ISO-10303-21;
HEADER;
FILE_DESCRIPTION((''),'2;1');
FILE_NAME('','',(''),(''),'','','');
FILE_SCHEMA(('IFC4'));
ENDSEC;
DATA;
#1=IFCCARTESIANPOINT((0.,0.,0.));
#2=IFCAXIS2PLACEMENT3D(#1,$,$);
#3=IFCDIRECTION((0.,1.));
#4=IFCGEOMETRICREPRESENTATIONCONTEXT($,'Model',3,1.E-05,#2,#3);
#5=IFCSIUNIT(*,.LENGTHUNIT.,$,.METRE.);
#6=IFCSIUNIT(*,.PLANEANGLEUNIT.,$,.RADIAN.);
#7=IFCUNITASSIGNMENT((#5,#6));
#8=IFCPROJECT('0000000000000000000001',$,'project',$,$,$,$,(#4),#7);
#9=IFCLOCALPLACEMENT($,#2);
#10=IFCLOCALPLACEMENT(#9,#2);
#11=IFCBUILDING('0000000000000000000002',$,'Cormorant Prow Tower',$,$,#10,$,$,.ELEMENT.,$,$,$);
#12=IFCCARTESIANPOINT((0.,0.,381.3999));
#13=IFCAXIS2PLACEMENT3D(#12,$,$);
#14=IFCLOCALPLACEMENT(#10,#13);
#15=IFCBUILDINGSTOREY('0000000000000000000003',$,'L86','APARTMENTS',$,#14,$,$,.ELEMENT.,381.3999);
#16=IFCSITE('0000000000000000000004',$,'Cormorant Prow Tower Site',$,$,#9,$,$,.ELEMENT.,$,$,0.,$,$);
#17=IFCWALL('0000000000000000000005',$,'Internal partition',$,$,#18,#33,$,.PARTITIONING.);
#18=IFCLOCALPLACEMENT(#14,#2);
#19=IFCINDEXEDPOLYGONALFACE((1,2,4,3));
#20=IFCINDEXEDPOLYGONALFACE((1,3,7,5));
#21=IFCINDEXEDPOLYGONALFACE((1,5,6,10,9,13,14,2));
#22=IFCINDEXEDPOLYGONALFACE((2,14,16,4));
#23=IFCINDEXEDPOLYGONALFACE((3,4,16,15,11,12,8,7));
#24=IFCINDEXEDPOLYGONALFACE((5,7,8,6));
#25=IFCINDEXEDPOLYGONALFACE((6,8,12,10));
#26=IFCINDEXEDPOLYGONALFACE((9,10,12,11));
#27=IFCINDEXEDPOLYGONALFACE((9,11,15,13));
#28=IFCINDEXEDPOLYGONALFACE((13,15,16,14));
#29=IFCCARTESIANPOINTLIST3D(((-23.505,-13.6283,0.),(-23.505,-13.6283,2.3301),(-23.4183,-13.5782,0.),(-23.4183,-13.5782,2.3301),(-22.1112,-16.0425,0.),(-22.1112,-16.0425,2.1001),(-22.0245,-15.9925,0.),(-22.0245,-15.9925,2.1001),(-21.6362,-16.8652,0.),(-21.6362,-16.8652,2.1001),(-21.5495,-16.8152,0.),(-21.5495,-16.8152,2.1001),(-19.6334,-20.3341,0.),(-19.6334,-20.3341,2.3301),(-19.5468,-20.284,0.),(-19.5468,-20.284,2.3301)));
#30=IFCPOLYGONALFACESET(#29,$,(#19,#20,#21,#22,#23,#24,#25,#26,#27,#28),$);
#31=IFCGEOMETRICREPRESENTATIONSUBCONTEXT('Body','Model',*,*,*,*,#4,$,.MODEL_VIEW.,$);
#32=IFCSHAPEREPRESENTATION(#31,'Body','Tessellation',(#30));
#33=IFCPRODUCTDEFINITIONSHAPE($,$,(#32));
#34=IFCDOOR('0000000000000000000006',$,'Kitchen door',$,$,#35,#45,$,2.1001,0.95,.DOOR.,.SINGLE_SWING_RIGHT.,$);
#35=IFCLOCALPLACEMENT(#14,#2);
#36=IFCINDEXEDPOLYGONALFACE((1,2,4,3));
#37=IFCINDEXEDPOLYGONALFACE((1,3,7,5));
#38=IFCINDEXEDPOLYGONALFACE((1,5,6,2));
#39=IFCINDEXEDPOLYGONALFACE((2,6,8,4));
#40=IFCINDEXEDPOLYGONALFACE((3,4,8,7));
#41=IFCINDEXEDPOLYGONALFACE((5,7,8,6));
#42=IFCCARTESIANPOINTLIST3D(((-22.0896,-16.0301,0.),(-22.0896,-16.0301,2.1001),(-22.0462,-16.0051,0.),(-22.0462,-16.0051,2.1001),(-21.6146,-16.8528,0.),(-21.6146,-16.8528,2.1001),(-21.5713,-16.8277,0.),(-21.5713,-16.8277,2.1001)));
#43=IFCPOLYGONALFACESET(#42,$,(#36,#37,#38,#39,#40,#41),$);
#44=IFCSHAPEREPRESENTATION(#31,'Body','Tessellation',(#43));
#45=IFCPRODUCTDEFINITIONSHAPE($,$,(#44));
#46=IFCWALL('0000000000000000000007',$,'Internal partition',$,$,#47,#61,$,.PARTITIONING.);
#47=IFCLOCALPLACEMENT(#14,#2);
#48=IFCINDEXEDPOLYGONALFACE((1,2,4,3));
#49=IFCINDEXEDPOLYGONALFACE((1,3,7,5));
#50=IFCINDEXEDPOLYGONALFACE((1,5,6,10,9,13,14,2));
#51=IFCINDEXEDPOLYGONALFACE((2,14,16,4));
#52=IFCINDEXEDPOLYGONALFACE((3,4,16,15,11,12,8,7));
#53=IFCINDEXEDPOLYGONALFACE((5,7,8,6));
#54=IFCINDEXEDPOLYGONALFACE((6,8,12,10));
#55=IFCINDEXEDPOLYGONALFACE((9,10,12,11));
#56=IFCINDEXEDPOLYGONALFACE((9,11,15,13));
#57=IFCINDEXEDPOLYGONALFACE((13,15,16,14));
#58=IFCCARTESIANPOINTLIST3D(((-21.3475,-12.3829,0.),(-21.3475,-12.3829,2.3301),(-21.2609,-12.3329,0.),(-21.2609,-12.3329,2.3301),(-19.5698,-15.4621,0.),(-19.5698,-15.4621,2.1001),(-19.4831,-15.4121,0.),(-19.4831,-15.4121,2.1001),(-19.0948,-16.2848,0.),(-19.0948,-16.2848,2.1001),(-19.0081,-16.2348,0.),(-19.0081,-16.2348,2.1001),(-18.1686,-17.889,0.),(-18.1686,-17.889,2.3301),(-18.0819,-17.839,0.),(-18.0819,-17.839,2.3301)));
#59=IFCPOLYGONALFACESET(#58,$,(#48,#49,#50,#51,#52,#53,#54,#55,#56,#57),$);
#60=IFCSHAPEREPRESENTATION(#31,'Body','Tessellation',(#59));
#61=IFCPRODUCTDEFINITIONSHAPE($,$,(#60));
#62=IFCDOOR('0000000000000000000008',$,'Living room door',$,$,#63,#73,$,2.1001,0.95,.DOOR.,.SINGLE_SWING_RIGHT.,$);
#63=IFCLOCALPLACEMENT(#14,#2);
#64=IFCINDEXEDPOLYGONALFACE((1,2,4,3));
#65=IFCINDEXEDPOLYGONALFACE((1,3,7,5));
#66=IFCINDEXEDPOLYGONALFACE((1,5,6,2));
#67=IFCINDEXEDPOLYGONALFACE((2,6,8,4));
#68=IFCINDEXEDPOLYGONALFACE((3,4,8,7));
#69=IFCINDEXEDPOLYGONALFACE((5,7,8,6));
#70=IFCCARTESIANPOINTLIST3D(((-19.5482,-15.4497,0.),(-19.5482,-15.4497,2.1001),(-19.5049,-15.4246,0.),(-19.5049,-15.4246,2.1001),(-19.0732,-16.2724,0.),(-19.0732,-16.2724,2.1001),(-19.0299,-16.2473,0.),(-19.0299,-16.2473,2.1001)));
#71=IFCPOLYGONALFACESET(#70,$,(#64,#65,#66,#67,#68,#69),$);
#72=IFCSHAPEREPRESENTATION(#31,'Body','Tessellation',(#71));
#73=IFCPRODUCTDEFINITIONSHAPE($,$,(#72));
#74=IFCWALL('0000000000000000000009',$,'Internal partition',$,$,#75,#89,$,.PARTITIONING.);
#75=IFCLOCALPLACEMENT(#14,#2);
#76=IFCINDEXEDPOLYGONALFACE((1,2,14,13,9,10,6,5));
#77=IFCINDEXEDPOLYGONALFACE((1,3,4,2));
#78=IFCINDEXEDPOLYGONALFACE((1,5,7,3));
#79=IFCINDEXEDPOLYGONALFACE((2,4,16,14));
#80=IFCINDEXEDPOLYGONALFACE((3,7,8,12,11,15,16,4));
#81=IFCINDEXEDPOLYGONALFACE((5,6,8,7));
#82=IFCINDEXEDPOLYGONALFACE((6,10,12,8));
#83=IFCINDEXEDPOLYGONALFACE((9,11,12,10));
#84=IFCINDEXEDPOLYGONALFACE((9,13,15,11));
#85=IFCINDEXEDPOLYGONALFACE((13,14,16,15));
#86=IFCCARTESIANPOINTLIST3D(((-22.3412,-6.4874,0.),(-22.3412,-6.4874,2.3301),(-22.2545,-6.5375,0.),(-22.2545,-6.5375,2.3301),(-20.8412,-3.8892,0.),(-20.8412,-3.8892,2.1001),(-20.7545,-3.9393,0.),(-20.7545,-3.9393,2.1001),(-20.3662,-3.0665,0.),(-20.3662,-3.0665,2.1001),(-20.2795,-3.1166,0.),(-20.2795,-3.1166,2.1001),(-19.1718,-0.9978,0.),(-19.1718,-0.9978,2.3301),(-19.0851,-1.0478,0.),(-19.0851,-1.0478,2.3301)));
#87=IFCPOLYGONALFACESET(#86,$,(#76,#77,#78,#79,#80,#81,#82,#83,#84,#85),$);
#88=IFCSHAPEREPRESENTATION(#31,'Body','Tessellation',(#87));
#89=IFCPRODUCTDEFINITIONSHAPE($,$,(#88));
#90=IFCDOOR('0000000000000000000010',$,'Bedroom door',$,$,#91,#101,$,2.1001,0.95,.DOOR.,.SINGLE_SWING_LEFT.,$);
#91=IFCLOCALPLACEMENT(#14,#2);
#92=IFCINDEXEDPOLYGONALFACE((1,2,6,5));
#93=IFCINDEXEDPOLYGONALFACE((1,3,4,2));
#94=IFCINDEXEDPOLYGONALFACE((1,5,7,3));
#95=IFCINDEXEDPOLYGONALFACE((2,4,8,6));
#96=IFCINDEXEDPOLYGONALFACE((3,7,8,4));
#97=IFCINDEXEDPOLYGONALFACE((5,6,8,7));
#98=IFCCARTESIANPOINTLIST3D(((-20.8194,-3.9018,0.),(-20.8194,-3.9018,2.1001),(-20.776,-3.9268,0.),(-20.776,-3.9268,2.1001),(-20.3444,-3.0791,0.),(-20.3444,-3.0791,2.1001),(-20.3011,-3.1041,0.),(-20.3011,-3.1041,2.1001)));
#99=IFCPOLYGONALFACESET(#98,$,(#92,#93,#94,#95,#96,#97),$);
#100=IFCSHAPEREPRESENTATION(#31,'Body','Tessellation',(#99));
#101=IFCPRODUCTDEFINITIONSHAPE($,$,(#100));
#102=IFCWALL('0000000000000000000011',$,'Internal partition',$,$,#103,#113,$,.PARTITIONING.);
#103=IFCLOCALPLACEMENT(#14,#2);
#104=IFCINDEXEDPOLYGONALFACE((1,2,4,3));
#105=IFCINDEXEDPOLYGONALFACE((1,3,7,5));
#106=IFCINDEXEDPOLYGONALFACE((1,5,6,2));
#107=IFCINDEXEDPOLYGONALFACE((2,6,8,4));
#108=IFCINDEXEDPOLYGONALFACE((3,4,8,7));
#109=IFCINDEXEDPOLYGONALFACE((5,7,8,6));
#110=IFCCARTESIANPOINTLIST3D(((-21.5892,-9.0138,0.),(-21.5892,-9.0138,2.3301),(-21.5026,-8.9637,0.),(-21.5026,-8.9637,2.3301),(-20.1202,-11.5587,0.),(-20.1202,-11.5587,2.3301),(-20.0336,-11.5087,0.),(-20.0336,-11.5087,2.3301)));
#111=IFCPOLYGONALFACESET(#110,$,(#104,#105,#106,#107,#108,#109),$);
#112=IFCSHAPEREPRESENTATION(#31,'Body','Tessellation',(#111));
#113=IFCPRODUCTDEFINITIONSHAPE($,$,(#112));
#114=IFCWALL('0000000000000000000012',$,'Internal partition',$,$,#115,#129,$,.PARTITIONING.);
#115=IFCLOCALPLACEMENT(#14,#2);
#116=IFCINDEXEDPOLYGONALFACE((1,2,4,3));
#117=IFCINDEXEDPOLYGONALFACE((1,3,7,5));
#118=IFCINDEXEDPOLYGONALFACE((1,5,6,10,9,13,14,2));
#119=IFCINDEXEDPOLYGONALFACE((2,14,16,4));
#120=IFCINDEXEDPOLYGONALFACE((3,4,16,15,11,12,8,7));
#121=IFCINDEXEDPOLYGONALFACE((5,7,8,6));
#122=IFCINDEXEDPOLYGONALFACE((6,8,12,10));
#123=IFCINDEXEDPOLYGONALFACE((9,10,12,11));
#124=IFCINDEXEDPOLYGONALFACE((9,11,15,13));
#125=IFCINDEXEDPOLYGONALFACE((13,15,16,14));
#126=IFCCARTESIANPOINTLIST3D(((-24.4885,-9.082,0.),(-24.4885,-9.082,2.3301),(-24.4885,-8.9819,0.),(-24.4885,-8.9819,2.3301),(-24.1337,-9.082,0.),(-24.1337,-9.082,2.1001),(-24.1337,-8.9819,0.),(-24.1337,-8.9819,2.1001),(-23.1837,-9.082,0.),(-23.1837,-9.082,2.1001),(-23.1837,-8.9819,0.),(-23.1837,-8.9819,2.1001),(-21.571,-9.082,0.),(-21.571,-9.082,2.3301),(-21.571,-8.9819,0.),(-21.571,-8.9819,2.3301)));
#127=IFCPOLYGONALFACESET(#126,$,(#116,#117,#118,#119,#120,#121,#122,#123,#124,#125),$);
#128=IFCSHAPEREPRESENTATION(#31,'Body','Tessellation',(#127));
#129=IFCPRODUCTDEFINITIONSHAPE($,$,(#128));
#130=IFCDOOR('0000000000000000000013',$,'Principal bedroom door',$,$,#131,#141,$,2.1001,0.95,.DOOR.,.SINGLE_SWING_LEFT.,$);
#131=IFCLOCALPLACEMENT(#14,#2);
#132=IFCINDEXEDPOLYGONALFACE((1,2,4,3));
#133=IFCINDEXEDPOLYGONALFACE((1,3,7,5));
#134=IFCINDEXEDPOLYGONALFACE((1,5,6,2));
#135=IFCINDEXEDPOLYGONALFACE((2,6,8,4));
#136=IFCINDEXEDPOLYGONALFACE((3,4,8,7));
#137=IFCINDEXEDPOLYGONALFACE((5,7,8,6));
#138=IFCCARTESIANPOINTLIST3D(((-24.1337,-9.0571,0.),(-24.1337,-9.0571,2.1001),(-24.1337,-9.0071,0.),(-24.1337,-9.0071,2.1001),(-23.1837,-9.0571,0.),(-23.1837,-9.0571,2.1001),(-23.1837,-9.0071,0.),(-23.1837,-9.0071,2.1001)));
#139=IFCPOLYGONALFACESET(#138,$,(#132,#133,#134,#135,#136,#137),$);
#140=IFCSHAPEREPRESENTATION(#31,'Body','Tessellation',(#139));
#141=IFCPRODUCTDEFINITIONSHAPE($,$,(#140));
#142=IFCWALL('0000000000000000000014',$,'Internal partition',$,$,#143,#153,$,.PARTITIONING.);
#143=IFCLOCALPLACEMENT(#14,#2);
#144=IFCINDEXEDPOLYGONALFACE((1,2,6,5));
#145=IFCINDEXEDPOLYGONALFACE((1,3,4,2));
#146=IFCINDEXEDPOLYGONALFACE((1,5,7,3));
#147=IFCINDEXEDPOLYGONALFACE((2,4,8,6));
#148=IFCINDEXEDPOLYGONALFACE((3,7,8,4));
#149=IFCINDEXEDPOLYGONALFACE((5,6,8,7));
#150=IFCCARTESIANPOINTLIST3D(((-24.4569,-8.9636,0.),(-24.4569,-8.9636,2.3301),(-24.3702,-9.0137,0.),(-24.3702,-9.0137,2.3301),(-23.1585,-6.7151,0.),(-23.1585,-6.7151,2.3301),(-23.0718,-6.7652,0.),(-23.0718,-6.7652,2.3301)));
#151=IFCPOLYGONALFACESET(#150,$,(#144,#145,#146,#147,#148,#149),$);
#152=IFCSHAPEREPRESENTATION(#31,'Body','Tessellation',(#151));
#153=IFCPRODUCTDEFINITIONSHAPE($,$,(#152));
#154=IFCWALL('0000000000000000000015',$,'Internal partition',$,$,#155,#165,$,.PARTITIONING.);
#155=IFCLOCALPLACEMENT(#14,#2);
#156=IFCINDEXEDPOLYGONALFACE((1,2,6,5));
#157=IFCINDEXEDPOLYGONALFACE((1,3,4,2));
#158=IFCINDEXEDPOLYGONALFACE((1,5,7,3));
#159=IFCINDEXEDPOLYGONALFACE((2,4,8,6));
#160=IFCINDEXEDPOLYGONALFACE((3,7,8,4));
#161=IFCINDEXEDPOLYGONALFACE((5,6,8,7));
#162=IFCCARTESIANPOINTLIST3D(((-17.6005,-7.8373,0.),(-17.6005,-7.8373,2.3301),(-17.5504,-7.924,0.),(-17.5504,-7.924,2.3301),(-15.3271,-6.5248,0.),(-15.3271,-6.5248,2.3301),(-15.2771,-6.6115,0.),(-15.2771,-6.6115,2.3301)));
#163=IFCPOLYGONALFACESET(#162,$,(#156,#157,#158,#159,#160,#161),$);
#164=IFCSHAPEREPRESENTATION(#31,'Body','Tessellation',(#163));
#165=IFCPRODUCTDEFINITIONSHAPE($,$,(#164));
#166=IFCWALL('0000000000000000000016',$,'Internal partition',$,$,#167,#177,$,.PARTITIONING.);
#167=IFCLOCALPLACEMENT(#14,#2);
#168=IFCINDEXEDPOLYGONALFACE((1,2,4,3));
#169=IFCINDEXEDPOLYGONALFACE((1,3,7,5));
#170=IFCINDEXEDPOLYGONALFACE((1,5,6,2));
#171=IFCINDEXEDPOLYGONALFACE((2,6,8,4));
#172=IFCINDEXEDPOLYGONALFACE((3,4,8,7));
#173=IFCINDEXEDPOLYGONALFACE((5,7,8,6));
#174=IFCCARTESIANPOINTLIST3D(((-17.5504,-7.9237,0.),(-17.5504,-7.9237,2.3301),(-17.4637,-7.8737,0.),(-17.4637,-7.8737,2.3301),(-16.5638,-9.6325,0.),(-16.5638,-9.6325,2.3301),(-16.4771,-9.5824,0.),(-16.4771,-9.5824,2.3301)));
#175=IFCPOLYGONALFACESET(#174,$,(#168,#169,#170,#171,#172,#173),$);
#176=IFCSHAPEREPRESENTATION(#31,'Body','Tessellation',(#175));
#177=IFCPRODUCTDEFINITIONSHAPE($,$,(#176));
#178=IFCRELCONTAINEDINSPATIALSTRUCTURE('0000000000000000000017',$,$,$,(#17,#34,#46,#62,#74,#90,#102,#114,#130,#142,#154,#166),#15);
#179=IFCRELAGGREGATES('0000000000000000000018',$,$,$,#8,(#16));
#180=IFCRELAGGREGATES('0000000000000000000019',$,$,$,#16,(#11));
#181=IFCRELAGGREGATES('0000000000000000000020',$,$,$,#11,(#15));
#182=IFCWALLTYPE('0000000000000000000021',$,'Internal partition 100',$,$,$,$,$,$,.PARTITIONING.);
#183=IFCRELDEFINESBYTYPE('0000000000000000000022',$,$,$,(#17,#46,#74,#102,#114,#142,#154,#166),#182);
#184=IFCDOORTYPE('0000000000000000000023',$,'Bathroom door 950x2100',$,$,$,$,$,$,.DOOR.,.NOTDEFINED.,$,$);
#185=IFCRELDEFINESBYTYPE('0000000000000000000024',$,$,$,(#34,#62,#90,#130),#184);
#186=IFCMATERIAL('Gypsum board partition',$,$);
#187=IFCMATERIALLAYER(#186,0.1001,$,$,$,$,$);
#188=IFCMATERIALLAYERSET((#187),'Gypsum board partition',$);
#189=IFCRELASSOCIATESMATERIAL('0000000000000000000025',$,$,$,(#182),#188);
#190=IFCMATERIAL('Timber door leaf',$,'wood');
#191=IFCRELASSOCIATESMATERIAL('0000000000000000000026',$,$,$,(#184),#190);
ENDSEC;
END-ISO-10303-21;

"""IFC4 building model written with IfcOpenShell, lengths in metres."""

from ifc_helpers import new_model, si_unit, direction, frame, frame_2d, origin, place, context, subcontext, project, spatial, rectangle, extrude, material, layer, layer_set, type_object, element, fill, save


model = new_model("IFC4")

# Units and contexts
model_context = context("Model", 3, precision=1e-05, world=origin(), true_north=direction((0.0, 1.0)))
body_context = subcontext(model_context, "Body", "Model", "MODEL_VIEW")
ifc_project = project(units=[si_unit("LENGTHUNIT", "METRE"), si_unit("PLANEANGLEUNIT", "RADIAN")], contexts=[model_context])

# Site, building, storey
site_placement = place(None, origin())
site = spatial("IfcSite", under=ifc_project, at=site_placement, Name="Cormorant Prow Tower Site", CompositionType="ELEMENT", RefElevation=0.0)
building_placement = place(site_placement, origin())
building = spatial("IfcBuilding", under=site, at=building_placement, Name="Cormorant Prow Tower", CompositionType="ELEMENT")
storey_placement = place(building_placement, frame((0.0, 0.0, 381.3999)))
storey = spatial("IfcBuildingStorey", under=building, at=storey_placement, Name="L86", Description="APARTMENTS", CompositionType="ELEMENT", Elevation=381.3999)

# Walls, openings, doors
ifc_material_1 = material(Name="Gypsum board partition")
ifc_layer_1 = layer(ifc_material_1, 0.1001)
ifc_layer_set_1 = layer_set([ifc_layer_1], Name="Gypsum board partition")
wall_type_1 = type_object("IfcWallType", Name="Internal partition 100", PredefinedType="PARTITIONING", material=ifc_layer_set_1)
wall_1_placement = place(storey_placement, frame((-23.4617, -13.6033, 0.0), z_axis=(0.0, 0.0, 1.0), x_axis=(0.499998, -0.866026, 0.0)))
wall_1 = element("IfcWall", 1, at=wall_1_placement, inside=storey, type_object=wall_type_1, Name="Internal partition", PredefinedType="PARTITIONING", context=body_context, shape_type="SweptSolid", body=[
    extrude(rectangle(XDim=7.7432, YDim=0.1001, at=frame_2d((3.8716, 0.0))), origin(), (0.0, 0.0, 1.0), 2.3301),
])
opening_1_placement = place(wall_1_placement, frame((2.7876, 0.0, 0.0)))
opening_1 = element("IfcOpeningElement", 2, at=opening_1_placement, cuts=wall_1, PredefinedType="OPENING", context=body_context, shape_type="SweptSolid", body=[
    extrude(rectangle(XDim=0.95, YDim=2.1001, at=frame_2d((0.4751, 1.05))), frame((0.0, 0.0601, 0.0), z_axis=(0.0, -1.0, 0.0), x_axis=(1.0, 0.0, 0.0)), (0.0, 0.0, 1.0), 0.1201),
])
ifc_material_2 = material(Name="Timber door leaf", Category="wood")
door_type_1 = type_object("IfcDoorType", Name="Bathroom door 950x2100", OperationType="NOTDEFINED", PredefinedType="DOOR", material=ifc_material_2)
door_1_placement = place(opening_1_placement, origin())
door_1 = element("IfcDoor", 3, at=door_1_placement, inside=storey, type_object=door_type_1, Name="Kitchen door", OperationType="SINGLE_SWING_RIGHT", OverallHeight=2.1001, OverallWidth=0.95, PredefinedType="DOOR", context=body_context, shape_type="SweptSolid", body=[
    extrude(rectangle(XDim=0.95, YDim=2.1001, at=frame_2d((0.4751, 1.05))), frame((0.0, 0.0249, 0.0), z_axis=(0.0, -1.0, 0.0), x_axis=(1.0, 0.0, 0.0)), (0.0, 0.0, 1.0), 0.05),
])
fill(opening_1, door_1)
wall_2_placement = place(storey_placement, frame((-21.3042, -12.3579, 0.0), z_axis=(0.0, 0.0, 1.0), x_axis=(0.500001, -0.866025, 0.0)))
wall_2 = element("IfcWall", 4, at=wall_2_placement, inside=storey, type_object=wall_type_1, Name="Internal partition", PredefinedType="PARTITIONING", context=body_context, shape_type="SweptSolid", body=[
    extrude(rectangle(XDim=6.3579, YDim=0.1001, at=frame_2d((3.179, 0.0))), origin(), (0.0, 0.0, 1.0), 2.3301),
])
opening_2_placement = place(wall_2_placement, frame((3.5554, 0.0, 0.0)))
opening_2 = element("IfcOpeningElement", 5, at=opening_2_placement, cuts=wall_2, PredefinedType="OPENING", context=body_context, shape_type="SweptSolid", body=[
    extrude(rectangle(XDim=0.95, YDim=2.1001, at=frame_2d((0.4751, 1.05))), frame((0.0, 0.0601, 0.0), z_axis=(0.0, -1.0, 0.0), x_axis=(1.0, 0.0, 0.0)), (0.0, 0.0, 1.0), 0.1201),
])
door_2_placement = place(opening_2_placement, origin())
door_2 = element("IfcDoor", 6, at=door_2_placement, inside=storey, type_object=door_type_1, Name="Living room door", OperationType="SINGLE_SWING_RIGHT", OverallHeight=2.1001, OverallWidth=0.95, PredefinedType="DOOR", context=body_context, shape_type="SweptSolid", body=[
    extrude(rectangle(XDim=0.95, YDim=2.1001, at=frame_2d((0.4751, 1.05))), frame((0.0, 0.0249, 0.0), z_axis=(0.0, -1.0, 0.0), x_axis=(1.0, 0.0, 0.0)), (0.0, 0.0, 1.0), 0.05),
])
fill(opening_2, door_2)
wall_3_placement = place(storey_placement, frame((-22.2979, -6.5125, 0.0), z_axis=(0.0, 0.0, 1.0), x_axis=(0.499991, 0.86603, 0.0)))
wall_3 = element("IfcWall", 7, at=wall_3_placement, inside=storey, type_object=wall_type_1, Name="Internal partition", PredefinedType="PARTITIONING", context=body_context, shape_type="SweptSolid", body=[
    extrude(rectangle(XDim=6.3389, YDim=0.1001, at=frame_2d((3.1694, 0.0))), origin(), (0.0, 0.0, 1.0), 2.3301),
])
opening_3_placement = place(wall_3_placement, frame((3.0, 0.0, 0.0)))
opening_3 = element("IfcOpeningElement", 8, at=opening_3_placement, cuts=wall_3, PredefinedType="OPENING", context=body_context, shape_type="SweptSolid", body=[
    extrude(rectangle(XDim=0.95, YDim=2.1001, at=frame_2d((0.4751, 1.05))), frame((0.0, 0.0601, 0.0), z_axis=(0.0, -1.0, 0.0), x_axis=(1.0, 0.0, 0.0)), (0.0, 0.0, 1.0), 0.1201),
])
door_3_placement = place(opening_3_placement, origin())
door_3 = element("IfcDoor", 9, at=door_3_placement, inside=storey, type_object=door_type_1, Name="Bedroom door", OperationType="SINGLE_SWING_LEFT", OverallHeight=2.1001, OverallWidth=0.95, PredefinedType="DOOR", context=body_context, shape_type="SweptSolid", body=[
    extrude(rectangle(XDim=0.95, YDim=2.1001, at=frame_2d((0.4751, 1.05))), frame((0.0, 0.0249, 0.0), z_axis=(0.0, -1.0, 0.0), x_axis=(1.0, 0.0, 0.0)), (0.0, 0.0, 1.0), 0.05),
])
fill(opening_3, door_3)

# Wall
wall_4_placement = place(storey_placement, frame((-21.5459, -8.9888, 0.0), z_axis=(0.0, 0.0, 1.0), x_axis=(0.499919, -0.866072, 0.0)))
element("IfcWall", 10, at=wall_4_placement, inside=storey, type_object=wall_type_1, Name="Internal partition", PredefinedType="PARTITIONING", context=body_context, shape_type="SweptSolid", body=[
    extrude(rectangle(XDim=2.9385, YDim=0.1001, at=frame_2d((1.4692, 0.0))), origin(), (0.0, 0.0, 1.0), 2.3301),
])

# Wall, opening, door
wall_5_placement = place(storey_placement, frame((-24.4885, -9.032, 0.0), z_axis=(0.0, 0.0, 1.0), x_axis=(1.0, 0.0, 0.0)))
wall_5 = element("IfcWall", 11, at=wall_5_placement, inside=storey, type_object=wall_type_1, Name="Internal partition", PredefinedType="PARTITIONING", context=body_context, shape_type="SweptSolid", body=[
    extrude(rectangle(XDim=2.9175, YDim=0.1001, at=frame_2d((1.4587, 0.0))), origin(), (0.0, 0.0, 1.0), 2.3301),
])
opening_4_placement = place(wall_5_placement, frame((0.3547, 0.0, 0.0)))
opening_4 = element("IfcOpeningElement", 12, at=opening_4_placement, cuts=wall_5, PredefinedType="OPENING", context=body_context, shape_type="SweptSolid", body=[
    extrude(rectangle(XDim=0.95, YDim=2.1001, at=frame_2d((0.4751, 1.05))), frame((0.0, 0.0601, 0.0), z_axis=(0.0, -1.0, 0.0), x_axis=(1.0, 0.0, 0.0)), (0.0, 0.0, 1.0), 0.1201),
])
door_4_placement = place(opening_4_placement, origin())
door_4 = element("IfcDoor", 13, at=door_4_placement, inside=storey, type_object=door_type_1, Name="Principal bedroom door", OperationType="SINGLE_SWING_LEFT", OverallHeight=2.1001, OverallWidth=0.95, PredefinedType="DOOR", context=body_context, shape_type="SweptSolid", body=[
    extrude(rectangle(XDim=0.95, YDim=2.1001, at=frame_2d((0.4751, 1.05))), frame((0.0, 0.0249, 0.0), z_axis=(0.0, -1.0, 0.0), x_axis=(1.0, 0.0, 0.0)), (0.0, 0.0, 1.0), 0.05),
])
fill(opening_4, door_4)

# Walls
wall_6_placement = place(storey_placement, frame((-24.4136, -8.9888, 0.0), z_axis=(0.0, 0.0, 1.0), x_axis=(0.500043, 0.866001, 0.0)))
element("IfcWall", 14, at=wall_6_placement, inside=storey, type_object=wall_type_1, Name="Internal partition", PredefinedType="PARTITIONING", context=body_context, shape_type="SweptSolid", body=[
    extrude(rectangle(XDim=2.5964, YDim=0.1001, at=frame_2d((1.2983, 0.0))), origin(), (0.0, 0.0, 1.0), 2.3301),
])
wall_7_placement = place(storey_placement, frame((-17.5754, -7.8806, 0.0), z_axis=(0.0, 0.0, 1.0), x_axis=(0.866037, 0.49998, 0.0)))
element("IfcWall", 15, at=wall_7_placement, inside=storey, type_object=wall_type_1, Name="Internal partition", PredefinedType="PARTITIONING", context=body_context, shape_type="SweptSolid", body=[
    extrude(rectangle(XDim=2.625, YDim=0.1001, at=frame_2d((1.3125, 0.0))), origin(), (0.0, 0.0, 1.0), 2.3301),
])
wall_8_placement = place(storey_placement, frame((-17.5071, -7.8987, 0.0), z_axis=(0.0, 0.0, 1.0), x_axis=(0.500012, -0.866019, 0.0)))
element("IfcWall", 16, at=wall_8_placement, inside=storey, type_object=wall_type_1, Name="Internal partition", PredefinedType="PARTITIONING", context=body_context, shape_type="SweptSolid", body=[
    extrude(rectangle(XDim=1.9731, YDim=0.1001, at=frame_2d((0.9866, 0.0))), origin(), (0.0, 0.0, 1.0), 2.3301),
])

save(model, "model.ifc")
